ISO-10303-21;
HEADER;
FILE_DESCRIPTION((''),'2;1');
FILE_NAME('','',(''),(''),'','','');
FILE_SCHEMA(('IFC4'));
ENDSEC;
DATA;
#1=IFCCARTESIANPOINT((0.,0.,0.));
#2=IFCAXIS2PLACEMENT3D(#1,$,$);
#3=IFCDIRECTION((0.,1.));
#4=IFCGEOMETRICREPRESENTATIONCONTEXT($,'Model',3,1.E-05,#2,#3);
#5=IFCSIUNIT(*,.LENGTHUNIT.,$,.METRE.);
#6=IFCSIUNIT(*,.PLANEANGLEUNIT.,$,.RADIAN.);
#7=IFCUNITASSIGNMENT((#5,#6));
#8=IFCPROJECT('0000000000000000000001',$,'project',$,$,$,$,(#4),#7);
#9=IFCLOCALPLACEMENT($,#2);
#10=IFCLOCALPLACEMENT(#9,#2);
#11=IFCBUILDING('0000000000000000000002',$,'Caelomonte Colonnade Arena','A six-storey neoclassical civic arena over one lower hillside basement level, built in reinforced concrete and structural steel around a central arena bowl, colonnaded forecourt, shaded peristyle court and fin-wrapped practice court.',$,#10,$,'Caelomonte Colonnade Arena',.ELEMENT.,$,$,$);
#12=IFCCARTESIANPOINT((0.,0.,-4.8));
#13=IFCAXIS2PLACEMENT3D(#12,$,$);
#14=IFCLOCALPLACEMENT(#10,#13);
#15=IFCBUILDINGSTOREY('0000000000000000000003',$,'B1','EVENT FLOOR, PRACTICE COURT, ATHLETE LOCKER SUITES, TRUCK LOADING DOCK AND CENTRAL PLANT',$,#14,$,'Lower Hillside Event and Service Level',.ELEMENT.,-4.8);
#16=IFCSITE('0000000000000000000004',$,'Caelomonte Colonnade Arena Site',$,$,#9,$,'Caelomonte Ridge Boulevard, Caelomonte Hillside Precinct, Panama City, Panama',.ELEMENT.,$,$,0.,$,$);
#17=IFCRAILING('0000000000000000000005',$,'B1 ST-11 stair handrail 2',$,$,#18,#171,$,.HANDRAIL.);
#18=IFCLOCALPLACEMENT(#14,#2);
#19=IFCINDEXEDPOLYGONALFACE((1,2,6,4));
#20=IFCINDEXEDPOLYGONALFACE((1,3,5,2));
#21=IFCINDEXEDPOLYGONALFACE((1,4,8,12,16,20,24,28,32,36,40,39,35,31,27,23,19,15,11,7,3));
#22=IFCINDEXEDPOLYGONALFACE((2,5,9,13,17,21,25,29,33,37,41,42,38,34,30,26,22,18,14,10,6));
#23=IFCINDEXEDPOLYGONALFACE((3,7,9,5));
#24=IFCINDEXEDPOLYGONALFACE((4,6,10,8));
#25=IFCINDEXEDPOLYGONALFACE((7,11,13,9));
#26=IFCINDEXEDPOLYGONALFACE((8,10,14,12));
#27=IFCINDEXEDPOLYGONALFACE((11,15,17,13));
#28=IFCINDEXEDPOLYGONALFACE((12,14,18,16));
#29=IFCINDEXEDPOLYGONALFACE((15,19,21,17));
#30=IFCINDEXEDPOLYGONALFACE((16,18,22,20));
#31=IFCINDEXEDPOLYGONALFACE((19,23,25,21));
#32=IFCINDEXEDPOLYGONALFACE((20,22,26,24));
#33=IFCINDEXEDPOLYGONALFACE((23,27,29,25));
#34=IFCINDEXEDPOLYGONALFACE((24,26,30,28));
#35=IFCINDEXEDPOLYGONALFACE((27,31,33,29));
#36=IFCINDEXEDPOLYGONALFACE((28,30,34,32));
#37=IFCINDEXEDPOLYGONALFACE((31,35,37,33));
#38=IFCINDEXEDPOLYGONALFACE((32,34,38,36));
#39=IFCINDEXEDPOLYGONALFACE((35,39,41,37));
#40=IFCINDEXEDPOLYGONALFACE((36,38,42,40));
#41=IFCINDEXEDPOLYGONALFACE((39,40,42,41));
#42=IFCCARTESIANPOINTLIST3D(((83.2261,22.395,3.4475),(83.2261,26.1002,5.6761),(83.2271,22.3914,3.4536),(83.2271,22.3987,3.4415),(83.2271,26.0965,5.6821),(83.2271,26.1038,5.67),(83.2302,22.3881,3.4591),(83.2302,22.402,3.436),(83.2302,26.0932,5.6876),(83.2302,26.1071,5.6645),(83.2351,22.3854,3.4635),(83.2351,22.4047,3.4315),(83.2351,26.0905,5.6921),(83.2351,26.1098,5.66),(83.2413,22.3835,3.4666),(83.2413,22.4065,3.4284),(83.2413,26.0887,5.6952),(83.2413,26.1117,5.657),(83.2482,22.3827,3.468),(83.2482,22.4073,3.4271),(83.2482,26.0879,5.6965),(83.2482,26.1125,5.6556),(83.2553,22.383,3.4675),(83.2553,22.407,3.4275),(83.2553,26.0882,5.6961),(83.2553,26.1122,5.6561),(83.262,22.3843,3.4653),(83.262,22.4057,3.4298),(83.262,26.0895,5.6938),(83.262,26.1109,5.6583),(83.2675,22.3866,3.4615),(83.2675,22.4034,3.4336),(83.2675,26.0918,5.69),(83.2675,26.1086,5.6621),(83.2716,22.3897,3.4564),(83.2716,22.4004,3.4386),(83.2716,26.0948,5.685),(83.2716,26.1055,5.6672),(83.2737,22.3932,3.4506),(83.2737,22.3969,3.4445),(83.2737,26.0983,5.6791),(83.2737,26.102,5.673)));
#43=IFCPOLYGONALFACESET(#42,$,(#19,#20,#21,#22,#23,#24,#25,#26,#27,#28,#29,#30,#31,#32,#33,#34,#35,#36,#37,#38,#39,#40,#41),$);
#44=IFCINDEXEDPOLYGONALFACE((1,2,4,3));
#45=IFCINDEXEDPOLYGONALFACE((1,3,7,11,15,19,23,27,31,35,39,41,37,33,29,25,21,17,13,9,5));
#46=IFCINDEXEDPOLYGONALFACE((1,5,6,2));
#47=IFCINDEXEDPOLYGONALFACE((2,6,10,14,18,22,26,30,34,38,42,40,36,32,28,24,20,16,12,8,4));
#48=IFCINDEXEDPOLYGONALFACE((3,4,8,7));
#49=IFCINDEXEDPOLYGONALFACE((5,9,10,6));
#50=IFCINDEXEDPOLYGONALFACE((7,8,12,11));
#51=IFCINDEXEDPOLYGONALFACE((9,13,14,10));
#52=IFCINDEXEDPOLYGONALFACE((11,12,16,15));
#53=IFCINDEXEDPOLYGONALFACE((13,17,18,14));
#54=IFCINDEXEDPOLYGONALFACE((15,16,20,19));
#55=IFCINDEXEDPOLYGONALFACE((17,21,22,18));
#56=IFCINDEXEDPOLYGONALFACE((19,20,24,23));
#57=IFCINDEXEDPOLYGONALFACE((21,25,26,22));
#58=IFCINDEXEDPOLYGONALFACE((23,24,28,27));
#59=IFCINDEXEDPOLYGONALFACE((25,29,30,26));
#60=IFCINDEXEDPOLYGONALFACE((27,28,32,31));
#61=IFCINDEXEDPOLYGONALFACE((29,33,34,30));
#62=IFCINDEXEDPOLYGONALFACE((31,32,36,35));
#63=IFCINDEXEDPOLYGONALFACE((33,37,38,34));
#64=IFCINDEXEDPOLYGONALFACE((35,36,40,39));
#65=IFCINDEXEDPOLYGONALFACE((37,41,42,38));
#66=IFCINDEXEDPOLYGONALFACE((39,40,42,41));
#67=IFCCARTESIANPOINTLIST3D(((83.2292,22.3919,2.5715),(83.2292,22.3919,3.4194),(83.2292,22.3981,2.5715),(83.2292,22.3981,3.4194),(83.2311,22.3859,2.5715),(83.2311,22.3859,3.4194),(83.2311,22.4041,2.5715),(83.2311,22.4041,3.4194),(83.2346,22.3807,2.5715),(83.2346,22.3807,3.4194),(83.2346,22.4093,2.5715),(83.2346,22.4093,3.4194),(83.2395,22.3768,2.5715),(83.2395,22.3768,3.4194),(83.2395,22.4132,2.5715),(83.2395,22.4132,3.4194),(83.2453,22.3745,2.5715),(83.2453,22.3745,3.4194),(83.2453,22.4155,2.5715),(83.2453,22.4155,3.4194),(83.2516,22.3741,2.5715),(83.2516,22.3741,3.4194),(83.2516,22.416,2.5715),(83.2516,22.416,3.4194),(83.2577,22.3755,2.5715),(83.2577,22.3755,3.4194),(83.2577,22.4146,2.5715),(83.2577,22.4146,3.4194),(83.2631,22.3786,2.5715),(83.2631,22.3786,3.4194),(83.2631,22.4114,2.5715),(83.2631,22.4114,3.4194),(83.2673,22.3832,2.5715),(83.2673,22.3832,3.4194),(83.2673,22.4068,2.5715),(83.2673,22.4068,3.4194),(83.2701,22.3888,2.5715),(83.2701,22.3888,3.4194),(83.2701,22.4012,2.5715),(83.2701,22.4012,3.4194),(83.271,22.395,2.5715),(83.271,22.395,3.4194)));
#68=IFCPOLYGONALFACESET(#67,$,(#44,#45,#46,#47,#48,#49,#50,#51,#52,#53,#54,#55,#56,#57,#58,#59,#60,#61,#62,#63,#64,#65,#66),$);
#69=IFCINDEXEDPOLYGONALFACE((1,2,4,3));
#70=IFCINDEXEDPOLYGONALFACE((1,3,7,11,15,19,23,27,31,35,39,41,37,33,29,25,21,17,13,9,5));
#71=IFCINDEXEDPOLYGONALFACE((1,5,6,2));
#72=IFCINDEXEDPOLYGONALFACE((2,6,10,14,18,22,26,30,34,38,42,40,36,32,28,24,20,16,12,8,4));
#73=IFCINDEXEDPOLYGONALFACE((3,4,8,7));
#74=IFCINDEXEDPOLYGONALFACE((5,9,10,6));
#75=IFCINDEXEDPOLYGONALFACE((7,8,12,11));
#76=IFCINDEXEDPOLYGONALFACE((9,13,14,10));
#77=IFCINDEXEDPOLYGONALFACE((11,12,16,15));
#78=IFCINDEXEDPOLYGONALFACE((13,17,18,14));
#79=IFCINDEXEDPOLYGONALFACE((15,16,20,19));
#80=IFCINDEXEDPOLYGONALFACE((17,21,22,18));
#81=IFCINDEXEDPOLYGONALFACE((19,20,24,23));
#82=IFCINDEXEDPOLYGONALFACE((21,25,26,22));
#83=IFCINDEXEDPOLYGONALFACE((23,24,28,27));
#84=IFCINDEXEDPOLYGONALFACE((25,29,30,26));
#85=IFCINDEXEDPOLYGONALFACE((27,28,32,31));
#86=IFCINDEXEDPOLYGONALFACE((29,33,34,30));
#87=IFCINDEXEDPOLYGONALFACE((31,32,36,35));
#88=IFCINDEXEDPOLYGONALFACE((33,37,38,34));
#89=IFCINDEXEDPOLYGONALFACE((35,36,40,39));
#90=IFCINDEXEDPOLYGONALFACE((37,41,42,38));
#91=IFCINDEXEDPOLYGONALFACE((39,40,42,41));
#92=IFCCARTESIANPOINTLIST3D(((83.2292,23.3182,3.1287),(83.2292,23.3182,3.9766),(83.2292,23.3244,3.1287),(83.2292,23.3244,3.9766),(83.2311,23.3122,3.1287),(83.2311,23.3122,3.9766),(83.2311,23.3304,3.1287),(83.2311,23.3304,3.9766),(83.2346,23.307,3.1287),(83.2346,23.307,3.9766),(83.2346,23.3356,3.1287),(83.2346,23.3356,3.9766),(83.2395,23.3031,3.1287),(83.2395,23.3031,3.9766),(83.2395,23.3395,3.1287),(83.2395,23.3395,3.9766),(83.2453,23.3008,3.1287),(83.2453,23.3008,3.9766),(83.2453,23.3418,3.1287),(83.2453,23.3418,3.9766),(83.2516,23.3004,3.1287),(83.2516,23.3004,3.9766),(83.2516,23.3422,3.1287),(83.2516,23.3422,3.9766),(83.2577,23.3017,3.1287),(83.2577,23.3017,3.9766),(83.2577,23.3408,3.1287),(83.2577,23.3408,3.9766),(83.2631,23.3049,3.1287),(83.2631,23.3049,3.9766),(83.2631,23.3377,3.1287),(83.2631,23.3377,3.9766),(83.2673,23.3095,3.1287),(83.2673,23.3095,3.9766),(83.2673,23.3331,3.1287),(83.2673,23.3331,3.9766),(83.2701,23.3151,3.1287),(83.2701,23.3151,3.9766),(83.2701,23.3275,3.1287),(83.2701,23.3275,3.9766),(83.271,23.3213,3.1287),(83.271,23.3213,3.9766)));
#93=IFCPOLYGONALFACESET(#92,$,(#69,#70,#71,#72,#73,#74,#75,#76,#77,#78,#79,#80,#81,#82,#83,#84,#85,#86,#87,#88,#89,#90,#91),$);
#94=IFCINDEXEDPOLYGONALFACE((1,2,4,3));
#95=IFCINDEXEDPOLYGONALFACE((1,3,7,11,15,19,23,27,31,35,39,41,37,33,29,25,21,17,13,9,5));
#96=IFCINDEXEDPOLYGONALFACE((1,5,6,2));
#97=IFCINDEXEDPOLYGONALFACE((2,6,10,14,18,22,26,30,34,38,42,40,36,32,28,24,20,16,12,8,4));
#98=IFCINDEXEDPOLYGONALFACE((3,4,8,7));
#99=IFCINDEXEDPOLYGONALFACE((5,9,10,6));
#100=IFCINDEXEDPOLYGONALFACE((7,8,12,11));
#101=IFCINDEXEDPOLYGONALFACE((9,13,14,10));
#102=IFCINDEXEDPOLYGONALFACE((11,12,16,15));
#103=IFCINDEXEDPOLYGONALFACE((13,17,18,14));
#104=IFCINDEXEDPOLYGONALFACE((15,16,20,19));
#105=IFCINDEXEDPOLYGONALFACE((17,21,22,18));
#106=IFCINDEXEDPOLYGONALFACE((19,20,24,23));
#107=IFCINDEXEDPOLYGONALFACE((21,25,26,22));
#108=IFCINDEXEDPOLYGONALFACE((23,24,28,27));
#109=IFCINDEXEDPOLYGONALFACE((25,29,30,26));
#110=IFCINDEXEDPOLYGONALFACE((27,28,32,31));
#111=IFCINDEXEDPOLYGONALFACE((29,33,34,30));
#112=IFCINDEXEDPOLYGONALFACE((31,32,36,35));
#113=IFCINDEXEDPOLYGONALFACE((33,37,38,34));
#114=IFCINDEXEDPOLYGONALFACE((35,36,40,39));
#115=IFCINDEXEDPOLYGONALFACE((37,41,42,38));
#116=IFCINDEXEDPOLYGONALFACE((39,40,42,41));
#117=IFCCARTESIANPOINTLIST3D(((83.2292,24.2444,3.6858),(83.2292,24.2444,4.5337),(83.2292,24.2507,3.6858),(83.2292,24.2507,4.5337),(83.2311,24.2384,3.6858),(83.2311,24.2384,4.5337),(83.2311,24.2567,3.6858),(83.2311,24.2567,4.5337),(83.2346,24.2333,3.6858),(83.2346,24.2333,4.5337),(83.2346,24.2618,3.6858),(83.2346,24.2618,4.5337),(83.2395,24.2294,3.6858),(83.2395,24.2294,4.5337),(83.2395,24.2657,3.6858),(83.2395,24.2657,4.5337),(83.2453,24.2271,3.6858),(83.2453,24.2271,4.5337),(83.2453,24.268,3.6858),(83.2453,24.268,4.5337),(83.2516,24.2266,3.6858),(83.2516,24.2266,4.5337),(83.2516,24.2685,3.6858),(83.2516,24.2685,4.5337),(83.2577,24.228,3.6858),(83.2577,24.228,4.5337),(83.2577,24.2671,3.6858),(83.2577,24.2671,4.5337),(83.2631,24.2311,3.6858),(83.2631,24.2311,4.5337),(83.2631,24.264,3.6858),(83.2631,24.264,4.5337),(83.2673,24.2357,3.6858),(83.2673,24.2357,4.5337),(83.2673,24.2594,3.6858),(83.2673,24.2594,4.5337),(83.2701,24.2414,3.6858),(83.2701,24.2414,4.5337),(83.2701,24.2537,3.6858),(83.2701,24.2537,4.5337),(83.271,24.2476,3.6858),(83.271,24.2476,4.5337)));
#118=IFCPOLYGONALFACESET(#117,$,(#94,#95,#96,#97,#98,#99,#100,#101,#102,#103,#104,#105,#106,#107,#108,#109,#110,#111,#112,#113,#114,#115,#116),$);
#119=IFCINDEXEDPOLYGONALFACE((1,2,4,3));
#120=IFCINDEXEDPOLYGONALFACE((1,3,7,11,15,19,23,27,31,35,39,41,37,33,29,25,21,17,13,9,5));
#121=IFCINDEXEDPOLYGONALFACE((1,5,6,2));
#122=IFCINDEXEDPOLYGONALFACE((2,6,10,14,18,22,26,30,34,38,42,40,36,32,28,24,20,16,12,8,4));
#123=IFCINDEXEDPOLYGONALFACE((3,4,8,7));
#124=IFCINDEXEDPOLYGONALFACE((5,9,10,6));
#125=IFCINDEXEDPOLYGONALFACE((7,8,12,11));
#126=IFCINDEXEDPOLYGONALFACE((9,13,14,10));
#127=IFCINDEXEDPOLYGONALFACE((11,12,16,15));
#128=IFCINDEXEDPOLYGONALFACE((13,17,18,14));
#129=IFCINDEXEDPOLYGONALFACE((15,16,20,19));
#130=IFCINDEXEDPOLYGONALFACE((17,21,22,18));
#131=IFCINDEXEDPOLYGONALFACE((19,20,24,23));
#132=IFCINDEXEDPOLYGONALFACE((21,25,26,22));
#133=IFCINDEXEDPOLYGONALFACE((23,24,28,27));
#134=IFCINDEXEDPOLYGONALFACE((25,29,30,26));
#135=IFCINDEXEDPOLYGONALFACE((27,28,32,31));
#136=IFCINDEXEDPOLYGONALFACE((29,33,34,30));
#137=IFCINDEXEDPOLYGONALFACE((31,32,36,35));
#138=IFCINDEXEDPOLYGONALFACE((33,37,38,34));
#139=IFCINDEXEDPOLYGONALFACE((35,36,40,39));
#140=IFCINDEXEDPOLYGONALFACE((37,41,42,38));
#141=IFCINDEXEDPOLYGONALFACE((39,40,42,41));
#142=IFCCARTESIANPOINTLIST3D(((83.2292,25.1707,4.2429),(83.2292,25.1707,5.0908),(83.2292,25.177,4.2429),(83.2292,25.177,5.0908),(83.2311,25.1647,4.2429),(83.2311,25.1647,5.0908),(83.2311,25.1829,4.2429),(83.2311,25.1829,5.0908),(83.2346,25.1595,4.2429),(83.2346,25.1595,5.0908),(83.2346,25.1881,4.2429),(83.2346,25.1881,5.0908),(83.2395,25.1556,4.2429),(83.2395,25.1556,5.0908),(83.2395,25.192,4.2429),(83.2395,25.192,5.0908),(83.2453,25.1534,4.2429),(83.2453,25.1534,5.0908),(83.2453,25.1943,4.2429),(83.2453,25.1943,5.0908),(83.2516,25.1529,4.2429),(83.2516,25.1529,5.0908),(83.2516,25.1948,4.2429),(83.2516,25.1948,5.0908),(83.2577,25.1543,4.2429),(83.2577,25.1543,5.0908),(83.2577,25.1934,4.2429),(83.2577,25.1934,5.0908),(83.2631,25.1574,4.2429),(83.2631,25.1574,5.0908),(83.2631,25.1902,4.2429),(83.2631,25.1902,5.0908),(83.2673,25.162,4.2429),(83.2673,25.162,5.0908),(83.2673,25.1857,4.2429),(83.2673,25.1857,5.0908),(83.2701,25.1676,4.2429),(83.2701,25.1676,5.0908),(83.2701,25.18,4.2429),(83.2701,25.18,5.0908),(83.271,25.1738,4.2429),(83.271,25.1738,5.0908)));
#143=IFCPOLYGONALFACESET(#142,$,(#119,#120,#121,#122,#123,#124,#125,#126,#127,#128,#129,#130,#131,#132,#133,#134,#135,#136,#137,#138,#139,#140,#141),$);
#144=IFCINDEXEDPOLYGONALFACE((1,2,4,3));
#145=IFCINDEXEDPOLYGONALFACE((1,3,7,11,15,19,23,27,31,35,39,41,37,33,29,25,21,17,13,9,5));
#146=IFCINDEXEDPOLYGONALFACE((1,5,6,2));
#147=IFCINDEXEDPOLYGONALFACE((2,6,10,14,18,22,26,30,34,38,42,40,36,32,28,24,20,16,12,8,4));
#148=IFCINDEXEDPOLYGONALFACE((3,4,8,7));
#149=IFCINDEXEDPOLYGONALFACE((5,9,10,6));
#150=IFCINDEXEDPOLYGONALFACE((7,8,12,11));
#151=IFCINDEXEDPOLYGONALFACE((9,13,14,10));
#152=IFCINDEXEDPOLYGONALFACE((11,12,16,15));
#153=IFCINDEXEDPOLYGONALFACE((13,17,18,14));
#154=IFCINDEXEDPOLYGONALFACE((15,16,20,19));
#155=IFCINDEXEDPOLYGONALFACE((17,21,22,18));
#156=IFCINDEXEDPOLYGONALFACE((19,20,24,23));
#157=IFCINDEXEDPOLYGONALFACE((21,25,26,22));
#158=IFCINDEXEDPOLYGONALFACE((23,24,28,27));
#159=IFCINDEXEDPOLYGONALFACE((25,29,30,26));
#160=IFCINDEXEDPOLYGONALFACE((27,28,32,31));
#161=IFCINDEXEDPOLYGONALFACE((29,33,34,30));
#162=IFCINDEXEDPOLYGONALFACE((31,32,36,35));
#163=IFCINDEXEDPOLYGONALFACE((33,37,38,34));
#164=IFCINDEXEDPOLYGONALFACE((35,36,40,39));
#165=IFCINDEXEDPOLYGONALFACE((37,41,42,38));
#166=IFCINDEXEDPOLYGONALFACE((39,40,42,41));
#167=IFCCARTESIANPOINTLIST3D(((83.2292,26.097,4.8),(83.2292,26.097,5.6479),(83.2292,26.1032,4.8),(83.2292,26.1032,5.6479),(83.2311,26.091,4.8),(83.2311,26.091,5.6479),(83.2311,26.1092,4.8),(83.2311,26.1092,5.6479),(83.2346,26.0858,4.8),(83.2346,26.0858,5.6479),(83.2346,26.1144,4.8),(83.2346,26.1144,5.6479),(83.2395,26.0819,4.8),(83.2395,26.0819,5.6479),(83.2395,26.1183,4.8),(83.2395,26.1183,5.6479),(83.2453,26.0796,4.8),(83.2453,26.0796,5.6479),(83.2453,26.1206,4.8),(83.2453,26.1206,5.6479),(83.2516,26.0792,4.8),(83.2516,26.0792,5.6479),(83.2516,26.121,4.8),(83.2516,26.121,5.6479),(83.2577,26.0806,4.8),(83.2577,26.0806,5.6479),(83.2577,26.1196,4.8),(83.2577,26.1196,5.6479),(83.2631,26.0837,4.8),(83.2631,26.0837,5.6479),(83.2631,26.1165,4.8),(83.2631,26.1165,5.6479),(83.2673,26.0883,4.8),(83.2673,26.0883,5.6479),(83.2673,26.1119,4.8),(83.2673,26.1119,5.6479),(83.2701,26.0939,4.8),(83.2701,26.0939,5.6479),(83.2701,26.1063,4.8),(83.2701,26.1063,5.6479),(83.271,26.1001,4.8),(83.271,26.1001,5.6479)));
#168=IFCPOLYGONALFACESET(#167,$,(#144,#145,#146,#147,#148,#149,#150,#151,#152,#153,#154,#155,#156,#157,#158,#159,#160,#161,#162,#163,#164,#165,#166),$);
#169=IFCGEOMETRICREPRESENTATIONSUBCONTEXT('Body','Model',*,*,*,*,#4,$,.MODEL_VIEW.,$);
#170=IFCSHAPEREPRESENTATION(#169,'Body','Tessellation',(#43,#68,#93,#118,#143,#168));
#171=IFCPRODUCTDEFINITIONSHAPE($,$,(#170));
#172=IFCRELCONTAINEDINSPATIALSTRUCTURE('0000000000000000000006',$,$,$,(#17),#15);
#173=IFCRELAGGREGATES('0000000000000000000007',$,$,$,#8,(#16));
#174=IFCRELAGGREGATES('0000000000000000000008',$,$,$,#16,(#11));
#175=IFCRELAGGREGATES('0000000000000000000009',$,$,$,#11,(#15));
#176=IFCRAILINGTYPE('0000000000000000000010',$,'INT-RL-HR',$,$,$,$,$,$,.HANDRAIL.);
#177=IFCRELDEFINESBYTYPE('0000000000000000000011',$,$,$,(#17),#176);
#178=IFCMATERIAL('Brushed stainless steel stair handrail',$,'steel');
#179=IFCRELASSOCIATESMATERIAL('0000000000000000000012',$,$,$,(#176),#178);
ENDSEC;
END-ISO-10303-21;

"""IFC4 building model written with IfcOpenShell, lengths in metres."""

from ifc_helpers import new_model, si_unit, direction, frame, origin, origin_2d, place, context, subcontext, project, spatial, circle, extrude, material, type_object, element, save


model = new_model("IFC4")

# Units and contexts
model_context = context("Model", 3, precision=1e-05, world=origin(), true_north=direction((0.0, 1.0)))
body_context = subcontext(model_context, "Body", "Model", "MODEL_VIEW")
ifc_project = project(units=[si_unit("LENGTHUNIT", "METRE"), si_unit("PLANEANGLEUNIT", "RADIAN")], contexts=[model_context])

# Site, building, storey
site_placement = place(None, origin())
site = spatial("IfcSite", under=ifc_project, at=site_placement, Name="Caelomonte Colonnade Arena Site", LongName="Caelomonte Ridge Boulevard, Caelomonte Hillside Precinct, Panama City, Panama", CompositionType="ELEMENT", RefElevation=0.0)
building_placement = place(site_placement, origin())
building = spatial("IfcBuilding", under=site, at=building_placement, Name="Caelomonte Colonnade Arena", Description="A six-storey neoclassical civic arena over one lower hillside basement level, built in reinforced concrete and structural steel around a central arena bowl, colonnaded forecourt, shaded peristyle court and fin-wrapped practice court.", LongName="Caelomonte Colonnade Arena", CompositionType="ELEMENT")
storey_placement = place(building_placement, frame((0.0, 0.0, -4.8)))
storey = spatial("IfcBuildingStorey", under=building, at=storey_placement, Name="B1", Description="EVENT FLOOR, PRACTICE COURT, ATHLETE LOCKER SUITES, TRUCK LOADING DOCK AND CENTRAL PLANT", LongName="Lower Hillside Event and Service Level", CompositionType="ELEMENT", Elevation=-4.8)

# Railing
ifc_material_1 = material(Name="Brushed stainless steel stair handrail", Category="steel")
railing_type_1 = type_object("IfcRailingType", Name="INT-RL-HR", PredefinedType="HANDRAIL", material=ifc_material_1)
railing_1_placement = place(storey_placement, frame((83.25, 22.395, 2.5715)))
element("IfcRailing", 1, at=railing_1_placement, inside=storey, type_object=railing_type_1, Name="B1 ST-11 stair handrail 2", PredefinedType="HANDRAIL", context=body_context, shape_type="SweptSolid", body=[
    extrude(circle(Radius=0.0239, at=origin_2d()), frame((0.0, 0.0, 0.876), z_axis=(0.0, 0.856934, 0.515425), x_axis=(-1.0, 0.0, 0.0)), (0.0, 0.0, 1.0), 4.3237),
    extrude(circle(Radius=0.021, at=origin_2d()), origin(), (0.0, 0.0, 1.0), 0.8479),
    extrude(circle(Radius=0.021, at=origin_2d()), frame((0.0, 0.9263, 0.5571)), (0.0, 0.0, 1.0), 0.8479),
    extrude(circle(Radius=0.021, at=origin_2d()), frame((0.0, 1.8525, 1.1143)), (0.0, 0.0, 1.0), 0.8479),
    extrude(circle(Radius=0.021, at=origin_2d()), frame((0.0, 2.7788, 1.6714)), (0.0, 0.0, 1.0), 0.8479),
    extrude(circle(Radius=0.021, at=origin_2d()), frame((0.0, 3.7051, 2.2285)), (0.0, 0.0, 1.0), 0.8479),
])

save(model, "model.ifc")
